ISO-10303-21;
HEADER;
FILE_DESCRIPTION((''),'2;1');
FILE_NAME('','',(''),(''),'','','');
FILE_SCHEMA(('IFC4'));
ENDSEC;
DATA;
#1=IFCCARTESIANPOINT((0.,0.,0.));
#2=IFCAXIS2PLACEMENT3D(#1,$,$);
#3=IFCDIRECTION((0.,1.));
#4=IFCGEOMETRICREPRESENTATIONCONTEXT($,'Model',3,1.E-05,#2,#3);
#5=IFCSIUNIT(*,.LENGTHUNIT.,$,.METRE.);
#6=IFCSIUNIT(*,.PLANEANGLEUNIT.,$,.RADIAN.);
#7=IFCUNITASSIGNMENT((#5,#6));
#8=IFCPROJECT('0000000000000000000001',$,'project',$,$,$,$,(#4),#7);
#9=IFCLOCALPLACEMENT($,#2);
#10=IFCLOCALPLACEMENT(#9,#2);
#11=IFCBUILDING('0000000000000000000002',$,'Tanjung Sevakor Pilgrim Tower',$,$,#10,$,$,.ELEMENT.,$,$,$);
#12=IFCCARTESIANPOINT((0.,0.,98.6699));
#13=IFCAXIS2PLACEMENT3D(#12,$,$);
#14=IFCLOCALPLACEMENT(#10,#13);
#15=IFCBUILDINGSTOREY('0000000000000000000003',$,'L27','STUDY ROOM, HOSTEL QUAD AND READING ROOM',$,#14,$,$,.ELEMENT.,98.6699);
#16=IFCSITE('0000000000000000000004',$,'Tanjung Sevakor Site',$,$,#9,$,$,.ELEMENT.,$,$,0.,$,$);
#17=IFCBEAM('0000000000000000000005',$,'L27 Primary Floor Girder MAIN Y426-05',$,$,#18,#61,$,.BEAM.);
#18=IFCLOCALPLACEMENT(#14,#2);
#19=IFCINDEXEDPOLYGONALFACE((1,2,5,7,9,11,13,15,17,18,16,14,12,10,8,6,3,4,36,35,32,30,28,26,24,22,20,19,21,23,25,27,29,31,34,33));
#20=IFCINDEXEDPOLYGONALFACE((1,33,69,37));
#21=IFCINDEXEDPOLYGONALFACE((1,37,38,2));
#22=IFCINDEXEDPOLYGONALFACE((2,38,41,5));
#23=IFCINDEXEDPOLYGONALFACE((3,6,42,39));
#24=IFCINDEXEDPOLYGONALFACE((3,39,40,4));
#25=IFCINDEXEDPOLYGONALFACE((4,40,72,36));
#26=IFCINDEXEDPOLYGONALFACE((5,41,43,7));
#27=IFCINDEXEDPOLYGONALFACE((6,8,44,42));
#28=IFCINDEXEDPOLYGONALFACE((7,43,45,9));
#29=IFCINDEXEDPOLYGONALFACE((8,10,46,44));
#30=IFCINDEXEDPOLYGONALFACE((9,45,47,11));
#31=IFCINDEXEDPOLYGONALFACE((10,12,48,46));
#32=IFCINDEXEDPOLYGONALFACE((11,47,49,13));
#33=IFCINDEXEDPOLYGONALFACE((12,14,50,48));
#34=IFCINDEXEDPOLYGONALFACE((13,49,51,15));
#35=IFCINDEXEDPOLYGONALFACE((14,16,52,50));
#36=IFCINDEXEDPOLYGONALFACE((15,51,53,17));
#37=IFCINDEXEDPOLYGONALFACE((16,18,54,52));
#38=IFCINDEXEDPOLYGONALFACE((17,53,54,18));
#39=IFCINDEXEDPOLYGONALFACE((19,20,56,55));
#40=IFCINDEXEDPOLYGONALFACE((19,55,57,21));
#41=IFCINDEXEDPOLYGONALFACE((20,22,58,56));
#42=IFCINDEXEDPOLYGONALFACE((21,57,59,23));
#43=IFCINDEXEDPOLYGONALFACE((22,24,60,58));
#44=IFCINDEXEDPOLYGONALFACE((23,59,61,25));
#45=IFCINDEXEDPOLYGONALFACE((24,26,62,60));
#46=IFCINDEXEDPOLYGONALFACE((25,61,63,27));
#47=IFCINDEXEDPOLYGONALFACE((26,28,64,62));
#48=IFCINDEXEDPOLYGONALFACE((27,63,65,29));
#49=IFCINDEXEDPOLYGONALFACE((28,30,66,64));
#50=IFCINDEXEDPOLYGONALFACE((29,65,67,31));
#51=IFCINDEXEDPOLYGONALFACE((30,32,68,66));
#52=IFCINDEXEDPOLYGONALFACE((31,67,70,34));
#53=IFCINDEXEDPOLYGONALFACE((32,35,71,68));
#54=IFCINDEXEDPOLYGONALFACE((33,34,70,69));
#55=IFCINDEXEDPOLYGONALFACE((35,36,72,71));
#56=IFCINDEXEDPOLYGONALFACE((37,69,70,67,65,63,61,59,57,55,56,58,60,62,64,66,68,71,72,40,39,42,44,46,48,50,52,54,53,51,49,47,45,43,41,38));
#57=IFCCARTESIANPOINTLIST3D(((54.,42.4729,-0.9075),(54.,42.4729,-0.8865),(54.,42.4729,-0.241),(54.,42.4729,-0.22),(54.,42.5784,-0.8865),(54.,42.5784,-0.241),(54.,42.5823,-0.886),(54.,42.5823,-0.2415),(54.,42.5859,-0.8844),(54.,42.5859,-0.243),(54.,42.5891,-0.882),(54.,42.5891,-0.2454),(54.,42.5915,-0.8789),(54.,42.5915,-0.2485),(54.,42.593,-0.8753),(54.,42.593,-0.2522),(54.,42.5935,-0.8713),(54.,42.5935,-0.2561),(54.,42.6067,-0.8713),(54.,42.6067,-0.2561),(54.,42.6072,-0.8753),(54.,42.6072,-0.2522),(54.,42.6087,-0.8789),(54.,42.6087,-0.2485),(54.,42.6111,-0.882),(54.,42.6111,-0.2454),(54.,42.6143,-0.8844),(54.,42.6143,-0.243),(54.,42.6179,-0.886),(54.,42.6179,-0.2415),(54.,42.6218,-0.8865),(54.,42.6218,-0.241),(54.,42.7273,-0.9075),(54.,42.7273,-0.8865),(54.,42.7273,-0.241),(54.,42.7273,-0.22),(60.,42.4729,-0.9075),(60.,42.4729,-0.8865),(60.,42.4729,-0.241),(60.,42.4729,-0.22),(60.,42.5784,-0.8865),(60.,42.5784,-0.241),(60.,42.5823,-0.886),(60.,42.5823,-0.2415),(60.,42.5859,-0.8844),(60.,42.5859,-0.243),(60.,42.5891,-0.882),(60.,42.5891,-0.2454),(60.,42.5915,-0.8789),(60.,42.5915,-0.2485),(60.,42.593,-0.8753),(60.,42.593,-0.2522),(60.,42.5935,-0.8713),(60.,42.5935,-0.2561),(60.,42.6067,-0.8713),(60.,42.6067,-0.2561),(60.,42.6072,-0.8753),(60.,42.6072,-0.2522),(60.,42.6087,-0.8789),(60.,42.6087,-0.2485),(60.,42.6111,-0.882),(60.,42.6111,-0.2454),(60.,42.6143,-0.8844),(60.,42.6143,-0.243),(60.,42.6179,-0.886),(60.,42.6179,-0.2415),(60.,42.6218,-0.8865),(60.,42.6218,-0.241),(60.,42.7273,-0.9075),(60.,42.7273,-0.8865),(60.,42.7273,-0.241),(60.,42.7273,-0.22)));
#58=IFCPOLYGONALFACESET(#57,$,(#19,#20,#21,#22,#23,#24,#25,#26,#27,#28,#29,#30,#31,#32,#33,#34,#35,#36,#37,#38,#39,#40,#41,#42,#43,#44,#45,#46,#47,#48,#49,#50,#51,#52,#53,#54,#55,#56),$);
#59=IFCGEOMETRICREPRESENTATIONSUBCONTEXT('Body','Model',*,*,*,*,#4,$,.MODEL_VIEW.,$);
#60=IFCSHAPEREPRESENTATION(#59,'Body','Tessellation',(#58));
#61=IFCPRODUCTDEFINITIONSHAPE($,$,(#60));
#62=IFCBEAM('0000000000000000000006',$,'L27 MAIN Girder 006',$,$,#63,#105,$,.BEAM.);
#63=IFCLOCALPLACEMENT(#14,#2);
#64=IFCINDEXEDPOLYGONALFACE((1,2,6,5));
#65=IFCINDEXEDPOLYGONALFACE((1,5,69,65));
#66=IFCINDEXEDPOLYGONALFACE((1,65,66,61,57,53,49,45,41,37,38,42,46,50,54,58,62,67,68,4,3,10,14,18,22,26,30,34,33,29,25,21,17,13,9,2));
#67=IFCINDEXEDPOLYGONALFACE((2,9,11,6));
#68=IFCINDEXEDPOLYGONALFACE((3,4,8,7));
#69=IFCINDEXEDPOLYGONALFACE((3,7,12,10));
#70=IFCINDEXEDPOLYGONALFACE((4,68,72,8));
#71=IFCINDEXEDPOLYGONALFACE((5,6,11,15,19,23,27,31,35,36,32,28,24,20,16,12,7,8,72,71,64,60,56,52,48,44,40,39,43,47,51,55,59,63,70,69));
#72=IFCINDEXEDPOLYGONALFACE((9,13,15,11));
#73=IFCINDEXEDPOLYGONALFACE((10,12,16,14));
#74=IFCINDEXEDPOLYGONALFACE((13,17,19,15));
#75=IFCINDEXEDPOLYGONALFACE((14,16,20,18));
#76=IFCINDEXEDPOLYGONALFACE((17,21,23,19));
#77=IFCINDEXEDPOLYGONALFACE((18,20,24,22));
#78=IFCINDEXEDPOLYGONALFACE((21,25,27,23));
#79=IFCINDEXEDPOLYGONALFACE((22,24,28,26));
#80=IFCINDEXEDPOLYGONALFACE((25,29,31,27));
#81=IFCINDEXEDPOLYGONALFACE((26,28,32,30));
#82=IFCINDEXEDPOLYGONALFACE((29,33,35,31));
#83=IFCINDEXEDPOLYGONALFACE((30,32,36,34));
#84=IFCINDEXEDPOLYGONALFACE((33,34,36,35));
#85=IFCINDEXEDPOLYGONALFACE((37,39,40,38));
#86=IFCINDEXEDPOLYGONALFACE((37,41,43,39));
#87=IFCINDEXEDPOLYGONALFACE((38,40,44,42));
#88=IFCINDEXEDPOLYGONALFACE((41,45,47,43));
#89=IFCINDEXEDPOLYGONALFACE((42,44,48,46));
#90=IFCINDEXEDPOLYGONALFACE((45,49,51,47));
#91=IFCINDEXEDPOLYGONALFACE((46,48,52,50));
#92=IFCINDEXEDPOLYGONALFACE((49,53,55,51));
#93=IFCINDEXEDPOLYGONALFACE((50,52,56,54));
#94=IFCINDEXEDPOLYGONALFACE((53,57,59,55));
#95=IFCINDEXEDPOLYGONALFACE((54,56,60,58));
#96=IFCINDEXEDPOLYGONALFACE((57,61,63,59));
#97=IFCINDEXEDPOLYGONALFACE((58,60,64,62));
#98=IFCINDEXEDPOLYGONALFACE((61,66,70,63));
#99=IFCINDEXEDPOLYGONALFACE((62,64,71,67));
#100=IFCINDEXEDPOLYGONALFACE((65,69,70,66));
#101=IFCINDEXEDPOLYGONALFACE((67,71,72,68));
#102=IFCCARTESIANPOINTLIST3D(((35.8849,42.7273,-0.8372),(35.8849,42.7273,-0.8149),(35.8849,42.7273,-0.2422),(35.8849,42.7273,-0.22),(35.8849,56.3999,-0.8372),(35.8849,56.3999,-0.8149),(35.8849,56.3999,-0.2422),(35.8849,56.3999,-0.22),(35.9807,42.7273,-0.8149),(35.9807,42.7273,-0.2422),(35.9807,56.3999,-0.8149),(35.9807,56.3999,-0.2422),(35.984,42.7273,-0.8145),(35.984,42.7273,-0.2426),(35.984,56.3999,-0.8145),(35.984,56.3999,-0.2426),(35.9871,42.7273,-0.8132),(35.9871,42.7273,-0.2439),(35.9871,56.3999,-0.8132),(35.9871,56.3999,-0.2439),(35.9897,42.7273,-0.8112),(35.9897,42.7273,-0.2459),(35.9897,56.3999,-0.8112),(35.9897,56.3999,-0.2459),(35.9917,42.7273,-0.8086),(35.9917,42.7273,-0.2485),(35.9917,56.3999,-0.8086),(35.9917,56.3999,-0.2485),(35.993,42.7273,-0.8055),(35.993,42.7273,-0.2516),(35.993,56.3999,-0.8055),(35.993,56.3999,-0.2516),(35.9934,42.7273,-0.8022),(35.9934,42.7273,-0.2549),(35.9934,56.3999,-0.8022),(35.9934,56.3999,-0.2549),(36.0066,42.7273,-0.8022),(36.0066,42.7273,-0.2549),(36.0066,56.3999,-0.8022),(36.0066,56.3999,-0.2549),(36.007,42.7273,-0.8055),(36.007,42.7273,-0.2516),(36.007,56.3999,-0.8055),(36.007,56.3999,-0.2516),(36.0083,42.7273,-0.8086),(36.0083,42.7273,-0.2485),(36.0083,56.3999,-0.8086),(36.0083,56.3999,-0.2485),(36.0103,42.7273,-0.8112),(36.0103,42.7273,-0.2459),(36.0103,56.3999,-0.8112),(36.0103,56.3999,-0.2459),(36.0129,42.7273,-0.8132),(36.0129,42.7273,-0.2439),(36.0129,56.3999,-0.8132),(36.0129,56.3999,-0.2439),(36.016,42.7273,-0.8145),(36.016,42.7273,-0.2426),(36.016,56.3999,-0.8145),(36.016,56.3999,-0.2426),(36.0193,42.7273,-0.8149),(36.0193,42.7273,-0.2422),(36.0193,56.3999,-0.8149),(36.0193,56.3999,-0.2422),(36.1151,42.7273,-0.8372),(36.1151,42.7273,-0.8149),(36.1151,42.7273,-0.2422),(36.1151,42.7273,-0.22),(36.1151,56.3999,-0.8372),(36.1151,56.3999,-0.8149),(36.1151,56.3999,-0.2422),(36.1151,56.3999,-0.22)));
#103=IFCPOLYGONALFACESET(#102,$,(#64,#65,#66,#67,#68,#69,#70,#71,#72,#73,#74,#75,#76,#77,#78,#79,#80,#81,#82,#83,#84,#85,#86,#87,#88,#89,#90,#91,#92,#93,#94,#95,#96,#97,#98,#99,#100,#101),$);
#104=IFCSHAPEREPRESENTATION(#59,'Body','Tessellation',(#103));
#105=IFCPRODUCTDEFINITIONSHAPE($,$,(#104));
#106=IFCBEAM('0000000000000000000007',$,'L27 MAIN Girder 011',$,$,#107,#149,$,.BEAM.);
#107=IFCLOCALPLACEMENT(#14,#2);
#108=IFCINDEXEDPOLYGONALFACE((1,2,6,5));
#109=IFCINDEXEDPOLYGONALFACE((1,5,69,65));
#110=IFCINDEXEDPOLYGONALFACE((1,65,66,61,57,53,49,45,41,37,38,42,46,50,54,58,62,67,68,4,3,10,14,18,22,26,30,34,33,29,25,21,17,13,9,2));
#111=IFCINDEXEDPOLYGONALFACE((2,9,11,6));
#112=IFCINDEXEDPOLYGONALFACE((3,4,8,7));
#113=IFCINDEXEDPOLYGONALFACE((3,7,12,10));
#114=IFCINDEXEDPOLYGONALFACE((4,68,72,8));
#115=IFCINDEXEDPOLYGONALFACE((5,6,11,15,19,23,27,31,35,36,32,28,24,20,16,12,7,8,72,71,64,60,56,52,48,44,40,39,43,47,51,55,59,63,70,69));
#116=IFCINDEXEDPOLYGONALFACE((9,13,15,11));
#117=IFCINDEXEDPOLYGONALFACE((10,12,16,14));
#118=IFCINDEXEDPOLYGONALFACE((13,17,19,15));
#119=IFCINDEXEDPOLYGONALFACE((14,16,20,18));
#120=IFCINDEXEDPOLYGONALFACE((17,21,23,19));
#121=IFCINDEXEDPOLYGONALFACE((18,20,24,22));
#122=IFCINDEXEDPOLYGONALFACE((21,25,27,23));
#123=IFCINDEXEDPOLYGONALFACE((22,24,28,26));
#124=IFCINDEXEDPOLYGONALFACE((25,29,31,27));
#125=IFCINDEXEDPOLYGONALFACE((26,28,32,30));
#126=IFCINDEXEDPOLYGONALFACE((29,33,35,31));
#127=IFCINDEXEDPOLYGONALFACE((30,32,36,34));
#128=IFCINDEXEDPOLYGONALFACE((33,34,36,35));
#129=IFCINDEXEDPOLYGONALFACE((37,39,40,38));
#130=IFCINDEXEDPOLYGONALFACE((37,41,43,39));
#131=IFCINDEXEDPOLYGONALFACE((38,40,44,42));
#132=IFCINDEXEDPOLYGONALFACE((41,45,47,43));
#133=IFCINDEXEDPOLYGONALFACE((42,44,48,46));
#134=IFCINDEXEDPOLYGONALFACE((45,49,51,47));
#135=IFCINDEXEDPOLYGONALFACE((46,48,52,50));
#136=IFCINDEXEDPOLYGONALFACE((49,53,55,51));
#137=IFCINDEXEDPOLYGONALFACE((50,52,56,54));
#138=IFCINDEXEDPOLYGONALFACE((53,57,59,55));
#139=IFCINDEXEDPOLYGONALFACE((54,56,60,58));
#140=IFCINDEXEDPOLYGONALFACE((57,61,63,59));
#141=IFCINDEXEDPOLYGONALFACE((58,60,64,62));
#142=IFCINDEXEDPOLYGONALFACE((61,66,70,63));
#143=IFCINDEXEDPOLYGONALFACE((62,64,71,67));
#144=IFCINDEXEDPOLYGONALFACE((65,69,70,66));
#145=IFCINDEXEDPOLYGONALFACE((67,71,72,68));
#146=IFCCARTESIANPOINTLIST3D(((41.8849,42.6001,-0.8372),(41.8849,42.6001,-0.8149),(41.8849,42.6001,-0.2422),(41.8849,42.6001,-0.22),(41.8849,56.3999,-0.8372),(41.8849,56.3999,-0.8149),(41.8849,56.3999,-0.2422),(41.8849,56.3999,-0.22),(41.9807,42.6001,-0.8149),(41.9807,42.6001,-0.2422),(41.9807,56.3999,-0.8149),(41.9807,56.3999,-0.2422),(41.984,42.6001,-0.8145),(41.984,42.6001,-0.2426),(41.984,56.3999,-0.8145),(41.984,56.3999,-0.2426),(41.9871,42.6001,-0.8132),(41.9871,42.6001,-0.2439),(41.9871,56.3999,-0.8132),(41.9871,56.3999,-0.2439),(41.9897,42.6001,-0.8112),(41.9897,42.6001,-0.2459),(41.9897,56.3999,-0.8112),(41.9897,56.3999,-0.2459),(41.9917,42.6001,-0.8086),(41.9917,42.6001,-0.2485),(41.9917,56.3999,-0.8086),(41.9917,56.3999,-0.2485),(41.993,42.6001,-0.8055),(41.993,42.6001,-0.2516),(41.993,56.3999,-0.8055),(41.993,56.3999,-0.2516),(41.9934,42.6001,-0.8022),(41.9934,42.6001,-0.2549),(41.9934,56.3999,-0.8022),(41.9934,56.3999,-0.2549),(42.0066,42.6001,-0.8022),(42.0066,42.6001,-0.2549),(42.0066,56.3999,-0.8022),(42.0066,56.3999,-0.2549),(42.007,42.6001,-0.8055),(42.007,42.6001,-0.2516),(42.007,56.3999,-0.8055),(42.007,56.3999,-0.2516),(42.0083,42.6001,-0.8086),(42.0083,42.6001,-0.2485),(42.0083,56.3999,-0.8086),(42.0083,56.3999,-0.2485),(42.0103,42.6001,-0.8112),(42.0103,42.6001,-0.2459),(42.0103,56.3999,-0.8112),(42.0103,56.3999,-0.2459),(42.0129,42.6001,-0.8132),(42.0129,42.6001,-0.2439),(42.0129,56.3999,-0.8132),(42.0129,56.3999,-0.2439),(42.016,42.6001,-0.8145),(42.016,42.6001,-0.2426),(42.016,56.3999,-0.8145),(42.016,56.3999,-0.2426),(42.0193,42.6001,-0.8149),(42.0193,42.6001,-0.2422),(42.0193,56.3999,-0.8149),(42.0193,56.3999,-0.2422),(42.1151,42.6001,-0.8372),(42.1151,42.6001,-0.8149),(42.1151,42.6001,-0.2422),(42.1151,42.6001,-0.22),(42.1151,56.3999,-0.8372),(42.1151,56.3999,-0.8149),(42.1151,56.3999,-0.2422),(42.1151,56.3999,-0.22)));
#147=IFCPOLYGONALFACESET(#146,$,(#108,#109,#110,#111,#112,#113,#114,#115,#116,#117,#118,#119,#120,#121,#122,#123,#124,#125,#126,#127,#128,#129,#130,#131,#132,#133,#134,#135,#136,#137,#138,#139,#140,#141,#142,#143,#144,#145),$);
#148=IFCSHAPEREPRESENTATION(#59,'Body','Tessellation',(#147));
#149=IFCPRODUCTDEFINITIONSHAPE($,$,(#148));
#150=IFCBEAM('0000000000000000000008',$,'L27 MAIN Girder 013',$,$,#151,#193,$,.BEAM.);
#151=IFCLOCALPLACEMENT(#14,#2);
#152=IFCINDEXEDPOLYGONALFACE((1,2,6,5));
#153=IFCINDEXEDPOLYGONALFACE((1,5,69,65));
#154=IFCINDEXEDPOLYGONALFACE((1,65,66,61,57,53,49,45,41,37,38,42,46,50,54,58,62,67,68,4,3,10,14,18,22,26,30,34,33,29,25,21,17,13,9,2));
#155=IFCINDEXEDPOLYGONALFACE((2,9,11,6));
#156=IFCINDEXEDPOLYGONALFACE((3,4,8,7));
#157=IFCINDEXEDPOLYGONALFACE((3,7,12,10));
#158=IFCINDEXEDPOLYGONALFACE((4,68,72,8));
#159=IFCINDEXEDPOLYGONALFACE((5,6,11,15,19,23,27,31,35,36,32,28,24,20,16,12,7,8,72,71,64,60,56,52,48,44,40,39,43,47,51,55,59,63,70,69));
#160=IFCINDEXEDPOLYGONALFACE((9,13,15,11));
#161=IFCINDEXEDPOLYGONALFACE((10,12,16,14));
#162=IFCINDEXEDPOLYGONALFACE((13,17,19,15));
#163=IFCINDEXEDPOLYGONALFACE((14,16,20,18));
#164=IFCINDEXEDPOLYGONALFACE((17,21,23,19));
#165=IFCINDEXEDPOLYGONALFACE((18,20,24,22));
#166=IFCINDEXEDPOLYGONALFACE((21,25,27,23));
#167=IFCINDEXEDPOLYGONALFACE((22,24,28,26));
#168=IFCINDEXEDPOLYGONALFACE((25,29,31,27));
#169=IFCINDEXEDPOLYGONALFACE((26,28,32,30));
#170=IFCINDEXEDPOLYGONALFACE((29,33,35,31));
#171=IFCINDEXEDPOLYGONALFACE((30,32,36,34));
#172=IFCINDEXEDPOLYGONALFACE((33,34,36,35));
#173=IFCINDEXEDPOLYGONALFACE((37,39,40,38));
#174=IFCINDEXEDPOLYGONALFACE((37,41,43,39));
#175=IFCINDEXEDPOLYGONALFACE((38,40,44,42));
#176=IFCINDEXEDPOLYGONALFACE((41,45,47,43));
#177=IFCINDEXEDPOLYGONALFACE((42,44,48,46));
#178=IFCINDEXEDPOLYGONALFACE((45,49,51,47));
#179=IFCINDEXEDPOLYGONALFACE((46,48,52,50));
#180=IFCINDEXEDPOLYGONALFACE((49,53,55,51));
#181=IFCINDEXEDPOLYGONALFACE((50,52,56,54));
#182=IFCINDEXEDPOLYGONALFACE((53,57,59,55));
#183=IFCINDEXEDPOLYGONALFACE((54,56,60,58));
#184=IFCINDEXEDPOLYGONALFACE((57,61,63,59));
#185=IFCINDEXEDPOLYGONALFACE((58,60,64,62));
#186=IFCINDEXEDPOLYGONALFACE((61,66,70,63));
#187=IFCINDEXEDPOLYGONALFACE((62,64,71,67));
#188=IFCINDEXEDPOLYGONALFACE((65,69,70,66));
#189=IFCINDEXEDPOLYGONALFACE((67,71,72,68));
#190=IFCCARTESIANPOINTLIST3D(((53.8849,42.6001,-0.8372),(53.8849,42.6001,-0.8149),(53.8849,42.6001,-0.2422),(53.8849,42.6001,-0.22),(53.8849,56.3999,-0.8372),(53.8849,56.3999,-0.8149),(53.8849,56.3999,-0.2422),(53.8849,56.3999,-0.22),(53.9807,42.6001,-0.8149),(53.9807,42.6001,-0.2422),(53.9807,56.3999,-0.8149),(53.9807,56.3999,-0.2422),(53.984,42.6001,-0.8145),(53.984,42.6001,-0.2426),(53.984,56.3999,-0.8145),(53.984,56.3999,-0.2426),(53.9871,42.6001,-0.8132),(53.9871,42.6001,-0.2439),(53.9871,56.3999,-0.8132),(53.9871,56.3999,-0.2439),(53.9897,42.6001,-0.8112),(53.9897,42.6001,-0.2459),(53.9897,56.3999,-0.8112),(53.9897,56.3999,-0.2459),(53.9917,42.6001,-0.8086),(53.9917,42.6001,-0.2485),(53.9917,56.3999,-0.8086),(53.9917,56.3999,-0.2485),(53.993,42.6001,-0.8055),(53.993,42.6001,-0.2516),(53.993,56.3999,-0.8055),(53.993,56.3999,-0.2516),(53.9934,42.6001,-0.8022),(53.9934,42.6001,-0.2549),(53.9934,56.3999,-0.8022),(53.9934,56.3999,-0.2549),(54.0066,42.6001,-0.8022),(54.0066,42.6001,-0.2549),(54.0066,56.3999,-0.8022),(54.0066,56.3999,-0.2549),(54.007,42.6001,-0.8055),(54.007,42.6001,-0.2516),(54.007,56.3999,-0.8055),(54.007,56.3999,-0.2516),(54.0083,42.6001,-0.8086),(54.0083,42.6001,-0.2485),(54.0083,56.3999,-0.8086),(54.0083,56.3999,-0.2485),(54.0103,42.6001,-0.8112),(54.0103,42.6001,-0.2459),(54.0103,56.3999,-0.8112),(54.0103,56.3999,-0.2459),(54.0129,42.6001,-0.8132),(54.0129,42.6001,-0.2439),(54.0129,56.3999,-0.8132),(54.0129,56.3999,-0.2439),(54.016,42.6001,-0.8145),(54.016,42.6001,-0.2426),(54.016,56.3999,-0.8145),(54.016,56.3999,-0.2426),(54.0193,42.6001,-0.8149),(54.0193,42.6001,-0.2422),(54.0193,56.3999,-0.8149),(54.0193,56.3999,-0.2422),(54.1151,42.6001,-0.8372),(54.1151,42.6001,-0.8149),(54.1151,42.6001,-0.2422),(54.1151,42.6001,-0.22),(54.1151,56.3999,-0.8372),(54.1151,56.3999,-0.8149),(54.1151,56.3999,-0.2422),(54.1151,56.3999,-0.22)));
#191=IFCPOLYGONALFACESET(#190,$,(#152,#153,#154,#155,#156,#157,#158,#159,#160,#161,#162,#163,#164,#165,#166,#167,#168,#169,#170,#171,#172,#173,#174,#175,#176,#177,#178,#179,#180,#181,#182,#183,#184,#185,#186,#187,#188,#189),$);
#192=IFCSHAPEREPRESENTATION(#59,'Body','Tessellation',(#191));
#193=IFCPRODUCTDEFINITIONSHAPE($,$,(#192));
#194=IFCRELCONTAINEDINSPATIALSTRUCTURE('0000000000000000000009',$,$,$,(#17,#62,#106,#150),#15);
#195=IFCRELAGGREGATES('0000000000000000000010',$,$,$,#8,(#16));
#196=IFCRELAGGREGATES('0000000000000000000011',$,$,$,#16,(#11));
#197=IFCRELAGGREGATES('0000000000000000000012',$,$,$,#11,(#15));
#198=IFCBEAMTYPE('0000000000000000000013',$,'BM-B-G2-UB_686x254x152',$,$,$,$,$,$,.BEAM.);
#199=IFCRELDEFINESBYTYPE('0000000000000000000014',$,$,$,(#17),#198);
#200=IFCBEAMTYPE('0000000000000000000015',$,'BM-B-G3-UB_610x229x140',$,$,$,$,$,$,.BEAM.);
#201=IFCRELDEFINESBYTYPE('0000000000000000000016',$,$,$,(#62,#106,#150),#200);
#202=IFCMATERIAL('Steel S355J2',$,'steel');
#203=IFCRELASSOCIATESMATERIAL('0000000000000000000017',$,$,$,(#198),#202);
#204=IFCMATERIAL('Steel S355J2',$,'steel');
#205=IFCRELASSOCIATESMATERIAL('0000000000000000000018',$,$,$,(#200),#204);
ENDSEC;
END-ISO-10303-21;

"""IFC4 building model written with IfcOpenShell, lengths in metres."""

from ifc_helpers import new_model, si_unit, direction, frame, origin, origin_2d, place, context, subcontext, project, spatial, i_section, extrude, material, material_profile, profile_set, type_object, element, save


model = new_model("IFC4")

# Units and contexts
model_context = context("Model", 3, precision=1e-05, world=origin(), true_north=direction((0.0, 1.0)))
body_context = subcontext(model_context, "Body", "Model", "MODEL_VIEW")
ifc_project = project(units=[si_unit("LENGTHUNIT", "METRE"), si_unit("PLANEANGLEUNIT", "RADIAN")], contexts=[model_context])

# Site, building, storey
site_placement = place(None, origin())
site = spatial("IfcSite", under=ifc_project, at=site_placement, Name="Tanjung Sevakor Site", CompositionType="ELEMENT", RefElevation=0.0)
building_placement = place(site_placement, origin())
building = spatial("IfcBuilding", under=site, at=building_placement, Name="Tanjung Sevakor Pilgrim Tower", CompositionType="ELEMENT")
storey_placement = place(building_placement, frame((0.0, 0.0, 98.6699)))
storey = spatial("IfcBuildingStorey", under=building, at=storey_placement, Name="L27", Description="STUDY ROOM, HOSTEL QUAD AND READING ROOM", CompositionType="ELEMENT", Elevation=98.6699)

# Beams
ifc_material_1 = material(Name="Steel S355J2", Category="steel")
ifc_material_profile_1 = material_profile(ifc_material_1, i_section(OverallWidth=0.2544, OverallDepth=0.6875, WebThickness=0.0132, FlangeThickness=0.021, FilletRadius=0.0151, at=origin_2d()))
ifc_profile_set_1 = profile_set([ifc_material_profile_1], Name="Steel S355J2")
beam_type_1 = type_object("IfcBeamType", Name="BM-B-G2-UB_686x254x152", PredefinedType="BEAM", material=ifc_profile_set_1)
for number, where, z_axis, x_axis, name in (
    (1, (54.0, 42.6001, -0.5637), (1.0, 0.0, 0.0), (0.0, 1.0, 0.0), "L27 Primary Floor Girder MAIN Y426-05"),
):
    element("IfcBeam", number, at=place(storey_placement, frame(where, z_axis=z_axis, x_axis=x_axis)), inside=storey, type_object=beam_type_1, Name=name, PredefinedType="BEAM", context=body_context, shape_type="SweptSolid", body=[
        extrude(i_section(OverallWidth=0.2544, OverallDepth=0.6875, WebThickness=0.0132, FlangeThickness=0.021, FilletRadius=0.0151, at=origin_2d()), origin(), (0.0, 0.0, 1.0), 6.0),
    ])
ifc_material_2 = material(Name="Steel S355J2", Category="steel")
ifc_material_profile_2 = material_profile(ifc_material_2, i_section(OverallWidth=0.2302, OverallDepth=0.6172, WebThickness=0.0132, FlangeThickness=0.0222, FilletRadius=0.0127, at=origin_2d()))
ifc_profile_set_2 = profile_set([ifc_material_profile_2], Name="Steel S355J2")
beam_type_2 = type_object("IfcBeamType", Name="BM-B-G3-UB_610x229x140", PredefinedType="BEAM", material=ifc_profile_set_2)
beam_1_placement = place(storey_placement, frame((36.0, 42.7273, -0.5286), z_axis=(0.0, 1.0, 0.0), x_axis=(-1.0, 0.0, 0.0)))
element("IfcBeam", 2, at=beam_1_placement, inside=storey, type_object=beam_type_2, Name="L27 MAIN Girder 006", PredefinedType="BEAM", context=body_context, shape_type="SweptSolid", body=[
    extrude(i_section(OverallWidth=0.2302, OverallDepth=0.6172, WebThickness=0.0132, FlangeThickness=0.0222, FilletRadius=0.0127, at=origin_2d()), origin(), (0.0, 0.0, 1.0), 13.6726),
])
for number, where, z_axis, x_axis, name in (
    (3, (42.0, 42.6001, -0.5286), (0.0, 1.0, 0.0), (-1.0, 0.0, 0.0), "L27 MAIN Girder 011"),
    (4, (54.0, 42.6001, -0.5286), (0.0, 1.0, 0.0), (-1.0, 0.0, 0.0), "L27 MAIN Girder 013"),
):
    element("IfcBeam", number, at=place(storey_placement, frame(where, z_axis=z_axis, x_axis=x_axis)), inside=storey, type_object=beam_type_2, Name=name, PredefinedType="BEAM", context=body_context, shape_type="SweptSolid", body=[
        extrude(i_section(OverallWidth=0.2302, OverallDepth=0.6172, WebThickness=0.0132, FlangeThickness=0.0222, FilletRadius=0.0127, at=origin_2d()), origin(), (0.0, 0.0, 1.0), 13.7998),
    ])

save(model, "model.ifc")
